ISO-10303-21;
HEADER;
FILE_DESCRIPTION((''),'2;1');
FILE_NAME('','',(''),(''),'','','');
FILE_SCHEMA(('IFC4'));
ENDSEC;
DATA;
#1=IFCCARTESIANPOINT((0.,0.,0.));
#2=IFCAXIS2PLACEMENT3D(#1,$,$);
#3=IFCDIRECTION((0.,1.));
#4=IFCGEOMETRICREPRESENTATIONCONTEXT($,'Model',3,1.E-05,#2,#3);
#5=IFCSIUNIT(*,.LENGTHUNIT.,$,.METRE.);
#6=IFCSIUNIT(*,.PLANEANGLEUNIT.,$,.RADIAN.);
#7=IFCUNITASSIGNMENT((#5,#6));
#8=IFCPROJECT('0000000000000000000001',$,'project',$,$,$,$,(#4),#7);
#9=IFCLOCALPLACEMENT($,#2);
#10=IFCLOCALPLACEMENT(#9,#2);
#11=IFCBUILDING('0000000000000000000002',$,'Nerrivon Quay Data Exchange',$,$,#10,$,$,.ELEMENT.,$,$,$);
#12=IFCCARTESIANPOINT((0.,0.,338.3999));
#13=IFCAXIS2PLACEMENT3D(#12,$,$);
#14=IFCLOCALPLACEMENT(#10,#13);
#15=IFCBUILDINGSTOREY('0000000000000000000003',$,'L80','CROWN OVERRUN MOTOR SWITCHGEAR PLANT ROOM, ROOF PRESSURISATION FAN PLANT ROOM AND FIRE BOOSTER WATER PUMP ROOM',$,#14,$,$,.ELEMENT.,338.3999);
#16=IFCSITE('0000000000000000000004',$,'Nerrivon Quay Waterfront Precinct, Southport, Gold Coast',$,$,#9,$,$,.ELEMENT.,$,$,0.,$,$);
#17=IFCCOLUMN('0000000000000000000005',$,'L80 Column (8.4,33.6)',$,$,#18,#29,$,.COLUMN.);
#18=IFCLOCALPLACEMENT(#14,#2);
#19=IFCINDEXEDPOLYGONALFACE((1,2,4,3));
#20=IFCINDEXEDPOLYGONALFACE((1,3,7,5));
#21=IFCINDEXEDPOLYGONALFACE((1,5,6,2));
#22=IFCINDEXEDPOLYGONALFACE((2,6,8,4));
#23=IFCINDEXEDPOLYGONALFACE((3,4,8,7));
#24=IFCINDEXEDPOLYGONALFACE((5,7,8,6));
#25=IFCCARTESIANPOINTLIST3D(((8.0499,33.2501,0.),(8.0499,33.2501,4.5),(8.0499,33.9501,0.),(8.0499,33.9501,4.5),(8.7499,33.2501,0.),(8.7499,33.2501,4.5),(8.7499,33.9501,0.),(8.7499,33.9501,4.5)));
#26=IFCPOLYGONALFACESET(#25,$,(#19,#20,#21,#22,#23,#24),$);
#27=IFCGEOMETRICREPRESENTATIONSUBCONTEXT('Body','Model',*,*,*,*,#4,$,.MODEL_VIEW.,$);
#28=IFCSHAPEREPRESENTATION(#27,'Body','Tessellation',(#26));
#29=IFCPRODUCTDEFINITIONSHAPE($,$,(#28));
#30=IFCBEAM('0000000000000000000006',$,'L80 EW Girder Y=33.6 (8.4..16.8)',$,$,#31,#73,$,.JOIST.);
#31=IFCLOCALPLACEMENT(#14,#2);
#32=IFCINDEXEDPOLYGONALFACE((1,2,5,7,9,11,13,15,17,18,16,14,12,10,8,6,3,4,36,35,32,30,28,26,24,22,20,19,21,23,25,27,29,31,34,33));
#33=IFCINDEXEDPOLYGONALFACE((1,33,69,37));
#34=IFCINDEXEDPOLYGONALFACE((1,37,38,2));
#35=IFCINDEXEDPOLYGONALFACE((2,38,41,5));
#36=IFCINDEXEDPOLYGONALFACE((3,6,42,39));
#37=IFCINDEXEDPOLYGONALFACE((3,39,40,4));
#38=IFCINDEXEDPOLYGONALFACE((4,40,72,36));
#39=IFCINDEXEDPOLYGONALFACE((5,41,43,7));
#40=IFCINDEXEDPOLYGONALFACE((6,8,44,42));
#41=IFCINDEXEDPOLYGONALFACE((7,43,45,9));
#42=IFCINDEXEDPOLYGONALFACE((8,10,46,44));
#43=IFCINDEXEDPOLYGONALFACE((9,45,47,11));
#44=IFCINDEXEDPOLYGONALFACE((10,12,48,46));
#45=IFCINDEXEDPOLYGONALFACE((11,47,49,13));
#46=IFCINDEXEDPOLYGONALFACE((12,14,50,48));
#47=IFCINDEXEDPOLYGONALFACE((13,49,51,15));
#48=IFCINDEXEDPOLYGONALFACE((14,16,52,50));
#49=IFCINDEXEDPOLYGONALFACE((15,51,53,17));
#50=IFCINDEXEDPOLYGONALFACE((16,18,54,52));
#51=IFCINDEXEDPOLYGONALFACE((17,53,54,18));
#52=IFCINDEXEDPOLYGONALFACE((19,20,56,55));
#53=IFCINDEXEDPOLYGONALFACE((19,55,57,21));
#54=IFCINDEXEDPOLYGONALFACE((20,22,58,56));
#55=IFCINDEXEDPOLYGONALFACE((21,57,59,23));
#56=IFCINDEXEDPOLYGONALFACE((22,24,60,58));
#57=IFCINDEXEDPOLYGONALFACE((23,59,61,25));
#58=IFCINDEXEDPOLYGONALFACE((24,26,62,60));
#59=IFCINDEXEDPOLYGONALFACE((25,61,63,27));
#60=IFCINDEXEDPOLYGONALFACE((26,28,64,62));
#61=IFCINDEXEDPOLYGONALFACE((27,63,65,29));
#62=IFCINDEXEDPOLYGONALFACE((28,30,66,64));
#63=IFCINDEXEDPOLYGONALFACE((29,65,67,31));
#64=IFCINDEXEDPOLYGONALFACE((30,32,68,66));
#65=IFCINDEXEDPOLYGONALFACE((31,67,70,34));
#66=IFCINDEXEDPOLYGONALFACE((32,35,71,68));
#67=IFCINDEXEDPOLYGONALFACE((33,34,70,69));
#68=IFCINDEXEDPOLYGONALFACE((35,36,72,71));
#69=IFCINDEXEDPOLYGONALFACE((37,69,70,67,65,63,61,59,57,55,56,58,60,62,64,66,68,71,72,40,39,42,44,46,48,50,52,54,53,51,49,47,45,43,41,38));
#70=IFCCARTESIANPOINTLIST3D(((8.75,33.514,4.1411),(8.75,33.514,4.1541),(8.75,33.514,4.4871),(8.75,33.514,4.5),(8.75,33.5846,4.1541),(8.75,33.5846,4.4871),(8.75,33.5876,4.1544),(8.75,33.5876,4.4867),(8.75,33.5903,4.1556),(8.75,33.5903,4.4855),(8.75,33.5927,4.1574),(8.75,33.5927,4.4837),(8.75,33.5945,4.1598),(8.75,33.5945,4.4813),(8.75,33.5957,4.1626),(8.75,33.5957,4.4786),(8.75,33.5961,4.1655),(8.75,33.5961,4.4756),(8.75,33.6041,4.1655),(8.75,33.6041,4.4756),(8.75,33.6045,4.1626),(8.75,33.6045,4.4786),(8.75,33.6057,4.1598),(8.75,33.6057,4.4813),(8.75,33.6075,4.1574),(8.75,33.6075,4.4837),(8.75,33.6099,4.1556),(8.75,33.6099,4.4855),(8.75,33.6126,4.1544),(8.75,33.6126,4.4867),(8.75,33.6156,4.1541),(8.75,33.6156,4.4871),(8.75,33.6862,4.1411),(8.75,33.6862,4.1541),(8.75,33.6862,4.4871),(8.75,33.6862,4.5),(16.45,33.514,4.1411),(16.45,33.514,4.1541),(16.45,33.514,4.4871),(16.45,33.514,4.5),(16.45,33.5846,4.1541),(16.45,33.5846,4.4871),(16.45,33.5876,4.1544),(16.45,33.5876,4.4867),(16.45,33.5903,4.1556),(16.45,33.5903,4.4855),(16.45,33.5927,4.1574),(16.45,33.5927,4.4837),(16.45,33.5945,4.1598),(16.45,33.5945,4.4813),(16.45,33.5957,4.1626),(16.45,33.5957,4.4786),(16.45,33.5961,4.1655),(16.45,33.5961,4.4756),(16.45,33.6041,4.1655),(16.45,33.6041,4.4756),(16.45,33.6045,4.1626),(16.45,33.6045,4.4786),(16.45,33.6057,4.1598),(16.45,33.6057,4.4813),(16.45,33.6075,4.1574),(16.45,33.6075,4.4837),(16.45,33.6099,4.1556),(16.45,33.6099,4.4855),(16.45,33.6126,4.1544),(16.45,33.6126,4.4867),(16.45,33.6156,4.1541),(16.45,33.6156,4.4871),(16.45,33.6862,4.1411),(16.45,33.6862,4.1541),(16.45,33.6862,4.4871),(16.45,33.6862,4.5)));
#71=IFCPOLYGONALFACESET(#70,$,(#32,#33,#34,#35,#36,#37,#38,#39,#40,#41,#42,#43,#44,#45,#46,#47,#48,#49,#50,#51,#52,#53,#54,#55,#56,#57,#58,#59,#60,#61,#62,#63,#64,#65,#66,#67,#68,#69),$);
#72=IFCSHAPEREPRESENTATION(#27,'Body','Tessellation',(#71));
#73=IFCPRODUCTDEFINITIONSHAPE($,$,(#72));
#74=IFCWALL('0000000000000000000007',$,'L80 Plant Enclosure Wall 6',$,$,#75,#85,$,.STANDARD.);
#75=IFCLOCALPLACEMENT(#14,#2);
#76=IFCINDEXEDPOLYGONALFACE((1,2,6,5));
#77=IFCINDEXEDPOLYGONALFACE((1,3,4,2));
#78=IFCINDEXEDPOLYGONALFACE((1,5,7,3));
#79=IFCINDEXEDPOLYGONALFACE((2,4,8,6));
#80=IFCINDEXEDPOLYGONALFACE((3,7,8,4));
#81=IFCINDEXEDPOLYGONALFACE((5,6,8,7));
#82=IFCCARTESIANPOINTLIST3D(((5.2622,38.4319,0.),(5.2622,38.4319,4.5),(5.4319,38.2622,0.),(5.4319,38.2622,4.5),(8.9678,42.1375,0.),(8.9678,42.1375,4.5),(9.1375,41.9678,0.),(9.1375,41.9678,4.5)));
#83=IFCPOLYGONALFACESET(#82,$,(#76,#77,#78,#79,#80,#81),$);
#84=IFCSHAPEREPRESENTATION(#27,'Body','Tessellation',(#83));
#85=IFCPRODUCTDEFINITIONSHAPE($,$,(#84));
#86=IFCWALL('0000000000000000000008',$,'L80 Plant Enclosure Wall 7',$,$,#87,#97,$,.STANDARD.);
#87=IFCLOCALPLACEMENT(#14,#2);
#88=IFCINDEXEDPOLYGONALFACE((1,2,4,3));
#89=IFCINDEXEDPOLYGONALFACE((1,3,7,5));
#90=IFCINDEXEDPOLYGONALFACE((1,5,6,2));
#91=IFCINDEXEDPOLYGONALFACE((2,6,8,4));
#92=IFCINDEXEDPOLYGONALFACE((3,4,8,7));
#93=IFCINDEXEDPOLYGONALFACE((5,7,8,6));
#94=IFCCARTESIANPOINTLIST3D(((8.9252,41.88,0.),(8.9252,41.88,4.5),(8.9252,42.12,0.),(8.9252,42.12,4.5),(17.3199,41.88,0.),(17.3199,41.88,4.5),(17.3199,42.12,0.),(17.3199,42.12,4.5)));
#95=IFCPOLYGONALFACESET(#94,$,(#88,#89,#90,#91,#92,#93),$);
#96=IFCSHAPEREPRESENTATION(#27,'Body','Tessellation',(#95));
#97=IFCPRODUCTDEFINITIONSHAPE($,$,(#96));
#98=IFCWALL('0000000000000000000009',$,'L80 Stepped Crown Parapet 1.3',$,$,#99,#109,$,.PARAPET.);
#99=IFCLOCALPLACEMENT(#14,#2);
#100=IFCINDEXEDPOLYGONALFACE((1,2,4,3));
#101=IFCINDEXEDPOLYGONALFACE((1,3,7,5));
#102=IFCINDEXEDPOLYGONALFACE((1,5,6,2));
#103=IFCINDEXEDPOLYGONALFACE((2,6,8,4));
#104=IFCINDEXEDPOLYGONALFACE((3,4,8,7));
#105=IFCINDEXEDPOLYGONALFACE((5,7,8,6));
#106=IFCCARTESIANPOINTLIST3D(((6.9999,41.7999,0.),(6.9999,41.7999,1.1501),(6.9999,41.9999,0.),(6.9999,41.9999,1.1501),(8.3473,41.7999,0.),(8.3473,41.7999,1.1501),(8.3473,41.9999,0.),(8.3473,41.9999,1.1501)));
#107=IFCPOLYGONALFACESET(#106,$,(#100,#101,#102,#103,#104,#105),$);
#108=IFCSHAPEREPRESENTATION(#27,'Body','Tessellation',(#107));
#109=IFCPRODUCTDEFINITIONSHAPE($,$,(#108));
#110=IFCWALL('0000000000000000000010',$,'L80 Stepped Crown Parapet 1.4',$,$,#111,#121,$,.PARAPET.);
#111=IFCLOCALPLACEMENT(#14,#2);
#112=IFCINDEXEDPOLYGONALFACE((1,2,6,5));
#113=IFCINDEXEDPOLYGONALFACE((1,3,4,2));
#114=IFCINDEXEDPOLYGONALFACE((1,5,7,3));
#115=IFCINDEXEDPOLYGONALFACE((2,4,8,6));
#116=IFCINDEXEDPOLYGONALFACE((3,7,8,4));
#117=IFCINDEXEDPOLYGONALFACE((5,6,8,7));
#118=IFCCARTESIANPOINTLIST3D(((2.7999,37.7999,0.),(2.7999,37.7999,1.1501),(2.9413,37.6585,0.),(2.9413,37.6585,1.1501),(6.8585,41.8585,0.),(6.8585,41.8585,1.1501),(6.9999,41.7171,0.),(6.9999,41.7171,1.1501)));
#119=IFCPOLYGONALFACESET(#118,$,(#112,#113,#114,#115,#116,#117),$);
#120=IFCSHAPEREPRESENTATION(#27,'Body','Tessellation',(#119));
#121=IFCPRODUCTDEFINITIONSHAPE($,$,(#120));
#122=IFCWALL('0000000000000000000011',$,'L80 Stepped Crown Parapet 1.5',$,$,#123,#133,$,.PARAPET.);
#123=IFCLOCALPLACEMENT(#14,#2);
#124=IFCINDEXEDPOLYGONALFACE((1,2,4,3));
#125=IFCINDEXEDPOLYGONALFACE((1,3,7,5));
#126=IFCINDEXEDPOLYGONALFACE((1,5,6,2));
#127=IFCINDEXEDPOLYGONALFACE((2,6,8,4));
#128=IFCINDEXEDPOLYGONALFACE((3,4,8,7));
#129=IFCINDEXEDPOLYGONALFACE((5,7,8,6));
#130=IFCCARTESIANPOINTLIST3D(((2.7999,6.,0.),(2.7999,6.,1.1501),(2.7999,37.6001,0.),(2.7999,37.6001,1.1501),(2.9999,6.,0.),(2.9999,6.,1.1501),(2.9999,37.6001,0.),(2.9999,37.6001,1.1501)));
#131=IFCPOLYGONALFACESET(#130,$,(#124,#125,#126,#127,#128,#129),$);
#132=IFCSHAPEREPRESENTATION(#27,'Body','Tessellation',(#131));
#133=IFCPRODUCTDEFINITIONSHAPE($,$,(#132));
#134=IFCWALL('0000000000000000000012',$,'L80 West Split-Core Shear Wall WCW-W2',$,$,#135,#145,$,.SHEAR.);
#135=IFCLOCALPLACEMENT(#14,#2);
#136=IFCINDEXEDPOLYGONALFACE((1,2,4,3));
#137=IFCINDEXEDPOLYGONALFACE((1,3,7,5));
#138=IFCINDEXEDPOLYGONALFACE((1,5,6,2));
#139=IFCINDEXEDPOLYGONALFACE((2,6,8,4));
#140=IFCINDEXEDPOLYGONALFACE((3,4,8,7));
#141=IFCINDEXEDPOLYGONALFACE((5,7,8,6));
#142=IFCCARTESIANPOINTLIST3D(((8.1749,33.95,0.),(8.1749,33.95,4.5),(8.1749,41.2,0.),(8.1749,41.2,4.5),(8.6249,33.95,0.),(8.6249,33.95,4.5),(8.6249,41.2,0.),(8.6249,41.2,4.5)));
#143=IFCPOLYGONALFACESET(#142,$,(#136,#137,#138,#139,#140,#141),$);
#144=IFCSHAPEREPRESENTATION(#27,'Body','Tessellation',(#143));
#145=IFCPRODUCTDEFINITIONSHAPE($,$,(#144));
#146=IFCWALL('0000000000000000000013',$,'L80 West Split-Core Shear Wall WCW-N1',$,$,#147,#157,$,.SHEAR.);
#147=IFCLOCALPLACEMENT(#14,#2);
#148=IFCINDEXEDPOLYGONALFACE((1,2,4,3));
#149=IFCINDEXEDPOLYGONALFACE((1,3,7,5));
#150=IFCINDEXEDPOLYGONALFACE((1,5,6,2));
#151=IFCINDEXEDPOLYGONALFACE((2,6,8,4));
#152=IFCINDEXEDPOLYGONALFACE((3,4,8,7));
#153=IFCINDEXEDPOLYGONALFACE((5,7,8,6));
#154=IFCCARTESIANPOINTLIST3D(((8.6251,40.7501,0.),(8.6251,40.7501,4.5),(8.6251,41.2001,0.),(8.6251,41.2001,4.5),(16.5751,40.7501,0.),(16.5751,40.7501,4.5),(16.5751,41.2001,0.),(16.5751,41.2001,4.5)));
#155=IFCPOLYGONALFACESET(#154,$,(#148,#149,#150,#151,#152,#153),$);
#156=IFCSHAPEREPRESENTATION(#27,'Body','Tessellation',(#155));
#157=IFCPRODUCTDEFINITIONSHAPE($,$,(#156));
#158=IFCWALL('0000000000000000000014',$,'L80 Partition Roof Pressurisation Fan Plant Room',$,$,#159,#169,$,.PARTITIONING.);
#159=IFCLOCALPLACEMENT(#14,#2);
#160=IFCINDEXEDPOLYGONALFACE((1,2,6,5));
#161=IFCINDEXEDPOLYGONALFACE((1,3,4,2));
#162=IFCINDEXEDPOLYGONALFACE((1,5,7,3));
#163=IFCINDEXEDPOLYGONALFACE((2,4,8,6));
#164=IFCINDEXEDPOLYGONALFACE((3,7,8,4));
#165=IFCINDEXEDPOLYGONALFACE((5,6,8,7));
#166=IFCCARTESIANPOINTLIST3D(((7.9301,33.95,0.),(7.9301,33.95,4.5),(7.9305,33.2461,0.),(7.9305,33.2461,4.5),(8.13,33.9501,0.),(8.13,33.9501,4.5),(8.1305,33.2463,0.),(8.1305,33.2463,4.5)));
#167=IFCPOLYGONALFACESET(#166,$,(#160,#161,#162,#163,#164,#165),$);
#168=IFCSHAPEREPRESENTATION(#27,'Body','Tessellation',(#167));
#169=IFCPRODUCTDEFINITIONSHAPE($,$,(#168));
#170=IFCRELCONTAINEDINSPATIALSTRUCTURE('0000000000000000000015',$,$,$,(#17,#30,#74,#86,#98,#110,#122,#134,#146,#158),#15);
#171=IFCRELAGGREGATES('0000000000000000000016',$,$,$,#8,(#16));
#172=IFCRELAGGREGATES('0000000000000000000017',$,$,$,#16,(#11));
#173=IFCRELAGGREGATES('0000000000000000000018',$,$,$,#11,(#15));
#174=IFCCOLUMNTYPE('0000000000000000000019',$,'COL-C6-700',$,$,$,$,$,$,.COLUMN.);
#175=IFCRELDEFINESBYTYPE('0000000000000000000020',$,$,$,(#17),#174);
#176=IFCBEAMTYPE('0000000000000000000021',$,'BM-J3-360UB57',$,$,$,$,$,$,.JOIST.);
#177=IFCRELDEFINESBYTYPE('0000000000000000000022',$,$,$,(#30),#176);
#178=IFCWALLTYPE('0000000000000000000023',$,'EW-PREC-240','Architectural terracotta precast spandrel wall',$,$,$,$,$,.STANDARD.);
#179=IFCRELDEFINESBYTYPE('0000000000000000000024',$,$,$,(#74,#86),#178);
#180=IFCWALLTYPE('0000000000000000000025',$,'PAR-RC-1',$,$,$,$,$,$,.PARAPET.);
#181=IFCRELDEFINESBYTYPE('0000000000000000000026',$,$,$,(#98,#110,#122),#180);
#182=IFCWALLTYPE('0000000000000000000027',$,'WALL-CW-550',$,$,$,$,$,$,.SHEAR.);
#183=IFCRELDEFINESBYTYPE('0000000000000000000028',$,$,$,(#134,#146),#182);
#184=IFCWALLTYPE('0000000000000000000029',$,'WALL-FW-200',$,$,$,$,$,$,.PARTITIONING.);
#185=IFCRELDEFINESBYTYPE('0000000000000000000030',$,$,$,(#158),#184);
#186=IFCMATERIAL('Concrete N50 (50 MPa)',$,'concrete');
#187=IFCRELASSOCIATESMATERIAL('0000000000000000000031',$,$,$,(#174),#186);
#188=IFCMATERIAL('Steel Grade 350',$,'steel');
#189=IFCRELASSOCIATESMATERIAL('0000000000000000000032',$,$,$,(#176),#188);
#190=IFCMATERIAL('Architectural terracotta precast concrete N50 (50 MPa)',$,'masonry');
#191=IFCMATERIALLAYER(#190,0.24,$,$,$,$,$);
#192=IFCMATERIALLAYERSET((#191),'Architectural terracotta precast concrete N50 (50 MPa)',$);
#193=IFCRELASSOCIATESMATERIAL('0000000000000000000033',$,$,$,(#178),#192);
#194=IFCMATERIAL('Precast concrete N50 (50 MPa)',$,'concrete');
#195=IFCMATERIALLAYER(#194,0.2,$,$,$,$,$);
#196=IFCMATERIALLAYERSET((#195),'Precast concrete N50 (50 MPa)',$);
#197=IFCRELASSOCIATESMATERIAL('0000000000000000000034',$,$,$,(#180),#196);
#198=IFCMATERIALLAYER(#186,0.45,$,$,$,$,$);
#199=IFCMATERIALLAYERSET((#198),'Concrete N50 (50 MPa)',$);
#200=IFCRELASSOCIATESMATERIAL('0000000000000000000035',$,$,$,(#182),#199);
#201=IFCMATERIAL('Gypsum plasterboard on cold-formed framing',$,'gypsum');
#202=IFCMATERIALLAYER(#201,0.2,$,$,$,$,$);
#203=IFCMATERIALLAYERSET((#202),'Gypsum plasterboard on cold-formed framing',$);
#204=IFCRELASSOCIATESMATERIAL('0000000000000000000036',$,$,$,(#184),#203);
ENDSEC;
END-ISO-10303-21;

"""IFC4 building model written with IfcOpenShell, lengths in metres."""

from ifc_helpers import new_model, si_unit, direction, frame, frame_2d, origin, origin_2d, place, context, subcontext, project, spatial, rectangle, i_section, extrude, material, layer, layer_set, material_profile, profile_set, type_object, element, save


model = new_model("IFC4")

# Units and contexts
model_context = context("Model", 3, precision=1e-05, world=origin(), true_north=direction((0.0, 1.0)))
body_context = subcontext(model_context, "Body", "Model", "MODEL_VIEW")
ifc_project = project(units=[si_unit("LENGTHUNIT", "METRE"), si_unit("PLANEANGLEUNIT", "RADIAN")], contexts=[model_context])

# Site, building, storey
site_placement = place(None, origin())
site = spatial("IfcSite", under=ifc_project, at=site_placement, Name="Nerrivon Quay Waterfront Precinct, Southport, Gold Coast", CompositionType="ELEMENT", RefElevation=0.0)
building_placement = place(site_placement, origin())
building = spatial("IfcBuilding", under=site, at=building_placement, Name="Nerrivon Quay Data Exchange", CompositionType="ELEMENT")
storey_placement = place(building_placement, frame((0.0, 0.0, 338.3999)))
storey = spatial("IfcBuildingStorey", under=building, at=storey_placement, Name="L80", Description="CROWN OVERRUN MOTOR SWITCHGEAR PLANT ROOM, ROOF PRESSURISATION FAN PLANT ROOM AND FIRE BOOSTER WATER PUMP ROOM", CompositionType="ELEMENT", Elevation=338.3999)

# Column
ifc_material_1 = material(Name="Concrete N50 (50 MPa)", Category="concrete")
ifc_material_profile_1 = material_profile(ifc_material_1, rectangle(XDim=0.7, YDim=0.7, at=origin_2d()), Name="RC-COL-700x700")
ifc_profile_set_1 = profile_set([ifc_material_profile_1], Name="Concrete N50 (50 MPa)")
column_type = type_object("IfcColumnType", Name="COL-C6-700", PredefinedType="COLUMN", material=ifc_profile_set_1)
column_placement = place(storey_placement, frame((8.3999, 33.6001, 0.0), z_axis=(0.0, 0.0, 1.0), x_axis=(1.0, 0.0, 0.0)))
element("IfcColumn", 1, at=column_placement, inside=storey, type_object=column_type, Name="L80 Column (8.4,33.6)", PredefinedType="COLUMN", context=body_context, shape_type="SweptSolid", body=[
    extrude(rectangle(XDim=0.7, YDim=0.7, at=origin_2d()), origin(), (0.0, 0.0, 1.0), 4.5),
])

# Beam
ifc_material_2 = material(Name="Steel Grade 350", Category="steel")
ifc_material_profile_2 = material_profile(ifc_material_2, i_section(OverallWidth=0.1721, OverallDepth=0.3589, WebThickness=0.0081, FlangeThickness=0.0129, FilletRadius=0.0115, at=origin_2d()), Name="360UB56.7")
ifc_profile_set_2 = profile_set([ifc_material_profile_2], Name="Steel Grade 350")
beam_type = type_object("IfcBeamType", Name="BM-J3-360UB57", PredefinedType="JOIST", material=ifc_profile_set_2)
beam_placement = place(storey_placement, frame((8.75, 33.6001, 4.3206), z_axis=(1.0, 0.0, 0.0), x_axis=(0.0, 1.0, 0.0)))
element("IfcBeam", 2, at=beam_placement, inside=storey, type_object=beam_type, Name="L80 EW Girder Y=33.6 (8.4..16.8)", PredefinedType="JOIST", context=body_context, shape_type="SweptSolid", body=[
    extrude(i_section(OverallWidth=0.1721, OverallDepth=0.3589, WebThickness=0.0081, FlangeThickness=0.0129, FilletRadius=0.0115, at=origin_2d()), origin(), (0.0, 0.0, 1.0), 7.7),
])

# Walls
ifc_material_3 = material(Name="Architectural terracotta precast concrete N50 (50 MPa)", Category="masonry")
ifc_layer_1 = layer(ifc_material_3, 0.24)
ifc_layer_set_1 = layer_set([ifc_layer_1], Name="Architectural terracotta precast concrete N50 (50 MPa)")
wall_type_1 = type_object("IfcWallType", Name="EW-PREC-240", Description="Architectural terracotta precast spandrel wall", PredefinedType="STANDARD", material=ifc_layer_set_1)
wall_1_placement = place(storey_placement, frame((5.3472, 38.3472, 0.0), z_axis=(0.0, 0.0, 1.0), x_axis=(0.707107, 0.707107, 0.0)))
element("IfcWall", 3, at=wall_1_placement, inside=storey, type_object=wall_type_1, Name="L80 Plant Enclosure Wall 6", PredefinedType="STANDARD", context=body_context, shape_type="SweptSolid", body=[
    extrude(rectangle(XDim=5.2405, YDim=0.24, at=frame_2d((2.6201, 0.0))), origin(), (0.0, 0.0, 1.0), 4.5),
])
wall_2_placement = place(storey_placement, frame((8.9253, 42.0, 0.0), z_axis=(0.0, 0.0, 1.0), x_axis=(1.0, 0.0, 0.0)))
element("IfcWall", 4, at=wall_2_placement, inside=storey, type_object=wall_type_1, Name="L80 Plant Enclosure Wall 7", PredefinedType="STANDARD", context=body_context, shape_type="SweptSolid", body=[
    extrude(rectangle(XDim=8.3948, YDim=0.24, at=frame_2d((4.1973, 0.0))), origin(), (0.0, 0.0, 1.0), 4.5),
])
ifc_material_4 = material(Name="Precast concrete N50 (50 MPa)", Category="concrete")
ifc_layer_2 = layer(ifc_material_4, 0.2)
ifc_layer_set_2 = layer_set([ifc_layer_2], Name="Precast concrete N50 (50 MPa)")
wall_type_2 = type_object("IfcWallType", Name="PAR-RC-1", PredefinedType="PARAPET", material=ifc_layer_set_2)
wall_3_placement = place(storey_placement, frame((8.3474, 41.8999, 0.0), z_axis=(0.0, 0.0, 1.0), x_axis=(-1.0, 0.0, 0.0)))
element("IfcWall", 5, at=wall_3_placement, inside=storey, type_object=wall_type_2, Name="L80 Stepped Crown Parapet 1.3", PredefinedType="PARAPET", context=body_context, shape_type="SweptSolid", body=[
    extrude(rectangle(XDim=1.3474, YDim=0.2, at=frame_2d((0.6738, 0.0))), origin(), (0.0, 0.0, 1.0), 1.1501),
])
wall_4_placement = place(storey_placement, frame((6.9292, 41.7878, 0.0), z_axis=(0.0, 0.0, 1.0), x_axis=(-0.707107, -0.707107, 0.0)))
element("IfcWall", 6, at=wall_4_placement, inside=storey, type_object=wall_type_2, Name="L80 Stepped Crown Parapet 1.4", PredefinedType="PARAPET", context=body_context, shape_type="SweptSolid", body=[
    extrude(rectangle(XDim=5.7397, YDim=0.2, at=frame_2d((2.8699, 0.0))), origin(), (0.0, 0.0, 1.0), 1.1501),
])
wall_5_placement = place(storey_placement, frame((2.8999, 37.6001, 0.0), z_axis=(0.0, 0.0, 1.0), x_axis=(0.0, -1.0, 0.0)))
element("IfcWall", 7, at=wall_5_placement, inside=storey, type_object=wall_type_2, Name="L80 Stepped Crown Parapet 1.5", PredefinedType="PARAPET", context=body_context, shape_type="SweptSolid", body=[
    extrude(rectangle(XDim=31.6001, YDim=0.2, at=frame_2d((15.8, 0.0))), origin(), (0.0, 0.0, 1.0), 1.1501),
])
ifc_layer_3 = layer(ifc_material_1, 0.45)
ifc_layer_set_3 = layer_set([ifc_layer_3], Name="Concrete N50 (50 MPa)")
wall_type_3 = type_object("IfcWallType", Name="WALL-CW-550", PredefinedType="SHEAR", material=ifc_layer_set_3)
wall_6_placement = place(storey_placement, frame((8.3999, 33.95, 0.0), z_axis=(0.0, 0.0, 1.0), x_axis=(0.0, 1.0, 0.0)))
element("IfcWall", 8, at=wall_6_placement, inside=storey, type_object=wall_type_3, Name="L80 West Split-Core Shear Wall WCW-W2", PredefinedType="SHEAR", context=body_context, shape_type="SweptSolid", body=[
    extrude(rectangle(XDim=7.25, YDim=0.45, at=frame_2d((3.625, 0.0))), origin(), (0.0, 0.0, 1.0), 4.5),
])
wall_7_placement = place(storey_placement, frame((8.625, 40.9751, 0.0), z_axis=(0.0, 0.0, 1.0), x_axis=(1.0, 0.0, 0.0)))
element("IfcWall", 9, at=wall_7_placement, inside=storey, type_object=wall_type_3, Name="L80 West Split-Core Shear Wall WCW-N1", PredefinedType="SHEAR", context=body_context, shape_type="SweptSolid", body=[
    extrude(rectangle(XDim=7.95, YDim=0.45, at=frame_2d((3.9751, 0.0))), origin(), (0.0, 0.0, 1.0), 4.5),
])
ifc_material_5 = material(Name="Gypsum plasterboard on cold-formed framing", Category="gypsum")
ifc_layer_4 = layer(ifc_material_5, 0.2)
ifc_layer_set_4 = layer_set([ifc_layer_4], Name="Gypsum plasterboard on cold-formed framing")
wall_type_4 = type_object("IfcWallType", Name="WALL-FW-200", PredefinedType="PARTITIONING", material=ifc_layer_set_4)
wall_8_placement = place(storey_placement, frame((8.0305, 33.2461, 0.0), z_axis=(0.0, 0.0, 1.0), x_axis=(-0.000694, 1.0, 0.0)))
element("IfcWall", 10, at=wall_8_placement, inside=storey, type_object=wall_type_4, Name="L80 Partition Roof Pressurisation Fan Plant Room", PredefinedType="PARTITIONING", context=body_context, shape_type="SweptSolid", body=[
    extrude(rectangle(XDim=0.7039, YDim=0.2, at=frame_2d((0.3521, 0.0))), origin(), (0.0, 0.0, 1.0), 4.5),
])

save(model, "model.ifc")
